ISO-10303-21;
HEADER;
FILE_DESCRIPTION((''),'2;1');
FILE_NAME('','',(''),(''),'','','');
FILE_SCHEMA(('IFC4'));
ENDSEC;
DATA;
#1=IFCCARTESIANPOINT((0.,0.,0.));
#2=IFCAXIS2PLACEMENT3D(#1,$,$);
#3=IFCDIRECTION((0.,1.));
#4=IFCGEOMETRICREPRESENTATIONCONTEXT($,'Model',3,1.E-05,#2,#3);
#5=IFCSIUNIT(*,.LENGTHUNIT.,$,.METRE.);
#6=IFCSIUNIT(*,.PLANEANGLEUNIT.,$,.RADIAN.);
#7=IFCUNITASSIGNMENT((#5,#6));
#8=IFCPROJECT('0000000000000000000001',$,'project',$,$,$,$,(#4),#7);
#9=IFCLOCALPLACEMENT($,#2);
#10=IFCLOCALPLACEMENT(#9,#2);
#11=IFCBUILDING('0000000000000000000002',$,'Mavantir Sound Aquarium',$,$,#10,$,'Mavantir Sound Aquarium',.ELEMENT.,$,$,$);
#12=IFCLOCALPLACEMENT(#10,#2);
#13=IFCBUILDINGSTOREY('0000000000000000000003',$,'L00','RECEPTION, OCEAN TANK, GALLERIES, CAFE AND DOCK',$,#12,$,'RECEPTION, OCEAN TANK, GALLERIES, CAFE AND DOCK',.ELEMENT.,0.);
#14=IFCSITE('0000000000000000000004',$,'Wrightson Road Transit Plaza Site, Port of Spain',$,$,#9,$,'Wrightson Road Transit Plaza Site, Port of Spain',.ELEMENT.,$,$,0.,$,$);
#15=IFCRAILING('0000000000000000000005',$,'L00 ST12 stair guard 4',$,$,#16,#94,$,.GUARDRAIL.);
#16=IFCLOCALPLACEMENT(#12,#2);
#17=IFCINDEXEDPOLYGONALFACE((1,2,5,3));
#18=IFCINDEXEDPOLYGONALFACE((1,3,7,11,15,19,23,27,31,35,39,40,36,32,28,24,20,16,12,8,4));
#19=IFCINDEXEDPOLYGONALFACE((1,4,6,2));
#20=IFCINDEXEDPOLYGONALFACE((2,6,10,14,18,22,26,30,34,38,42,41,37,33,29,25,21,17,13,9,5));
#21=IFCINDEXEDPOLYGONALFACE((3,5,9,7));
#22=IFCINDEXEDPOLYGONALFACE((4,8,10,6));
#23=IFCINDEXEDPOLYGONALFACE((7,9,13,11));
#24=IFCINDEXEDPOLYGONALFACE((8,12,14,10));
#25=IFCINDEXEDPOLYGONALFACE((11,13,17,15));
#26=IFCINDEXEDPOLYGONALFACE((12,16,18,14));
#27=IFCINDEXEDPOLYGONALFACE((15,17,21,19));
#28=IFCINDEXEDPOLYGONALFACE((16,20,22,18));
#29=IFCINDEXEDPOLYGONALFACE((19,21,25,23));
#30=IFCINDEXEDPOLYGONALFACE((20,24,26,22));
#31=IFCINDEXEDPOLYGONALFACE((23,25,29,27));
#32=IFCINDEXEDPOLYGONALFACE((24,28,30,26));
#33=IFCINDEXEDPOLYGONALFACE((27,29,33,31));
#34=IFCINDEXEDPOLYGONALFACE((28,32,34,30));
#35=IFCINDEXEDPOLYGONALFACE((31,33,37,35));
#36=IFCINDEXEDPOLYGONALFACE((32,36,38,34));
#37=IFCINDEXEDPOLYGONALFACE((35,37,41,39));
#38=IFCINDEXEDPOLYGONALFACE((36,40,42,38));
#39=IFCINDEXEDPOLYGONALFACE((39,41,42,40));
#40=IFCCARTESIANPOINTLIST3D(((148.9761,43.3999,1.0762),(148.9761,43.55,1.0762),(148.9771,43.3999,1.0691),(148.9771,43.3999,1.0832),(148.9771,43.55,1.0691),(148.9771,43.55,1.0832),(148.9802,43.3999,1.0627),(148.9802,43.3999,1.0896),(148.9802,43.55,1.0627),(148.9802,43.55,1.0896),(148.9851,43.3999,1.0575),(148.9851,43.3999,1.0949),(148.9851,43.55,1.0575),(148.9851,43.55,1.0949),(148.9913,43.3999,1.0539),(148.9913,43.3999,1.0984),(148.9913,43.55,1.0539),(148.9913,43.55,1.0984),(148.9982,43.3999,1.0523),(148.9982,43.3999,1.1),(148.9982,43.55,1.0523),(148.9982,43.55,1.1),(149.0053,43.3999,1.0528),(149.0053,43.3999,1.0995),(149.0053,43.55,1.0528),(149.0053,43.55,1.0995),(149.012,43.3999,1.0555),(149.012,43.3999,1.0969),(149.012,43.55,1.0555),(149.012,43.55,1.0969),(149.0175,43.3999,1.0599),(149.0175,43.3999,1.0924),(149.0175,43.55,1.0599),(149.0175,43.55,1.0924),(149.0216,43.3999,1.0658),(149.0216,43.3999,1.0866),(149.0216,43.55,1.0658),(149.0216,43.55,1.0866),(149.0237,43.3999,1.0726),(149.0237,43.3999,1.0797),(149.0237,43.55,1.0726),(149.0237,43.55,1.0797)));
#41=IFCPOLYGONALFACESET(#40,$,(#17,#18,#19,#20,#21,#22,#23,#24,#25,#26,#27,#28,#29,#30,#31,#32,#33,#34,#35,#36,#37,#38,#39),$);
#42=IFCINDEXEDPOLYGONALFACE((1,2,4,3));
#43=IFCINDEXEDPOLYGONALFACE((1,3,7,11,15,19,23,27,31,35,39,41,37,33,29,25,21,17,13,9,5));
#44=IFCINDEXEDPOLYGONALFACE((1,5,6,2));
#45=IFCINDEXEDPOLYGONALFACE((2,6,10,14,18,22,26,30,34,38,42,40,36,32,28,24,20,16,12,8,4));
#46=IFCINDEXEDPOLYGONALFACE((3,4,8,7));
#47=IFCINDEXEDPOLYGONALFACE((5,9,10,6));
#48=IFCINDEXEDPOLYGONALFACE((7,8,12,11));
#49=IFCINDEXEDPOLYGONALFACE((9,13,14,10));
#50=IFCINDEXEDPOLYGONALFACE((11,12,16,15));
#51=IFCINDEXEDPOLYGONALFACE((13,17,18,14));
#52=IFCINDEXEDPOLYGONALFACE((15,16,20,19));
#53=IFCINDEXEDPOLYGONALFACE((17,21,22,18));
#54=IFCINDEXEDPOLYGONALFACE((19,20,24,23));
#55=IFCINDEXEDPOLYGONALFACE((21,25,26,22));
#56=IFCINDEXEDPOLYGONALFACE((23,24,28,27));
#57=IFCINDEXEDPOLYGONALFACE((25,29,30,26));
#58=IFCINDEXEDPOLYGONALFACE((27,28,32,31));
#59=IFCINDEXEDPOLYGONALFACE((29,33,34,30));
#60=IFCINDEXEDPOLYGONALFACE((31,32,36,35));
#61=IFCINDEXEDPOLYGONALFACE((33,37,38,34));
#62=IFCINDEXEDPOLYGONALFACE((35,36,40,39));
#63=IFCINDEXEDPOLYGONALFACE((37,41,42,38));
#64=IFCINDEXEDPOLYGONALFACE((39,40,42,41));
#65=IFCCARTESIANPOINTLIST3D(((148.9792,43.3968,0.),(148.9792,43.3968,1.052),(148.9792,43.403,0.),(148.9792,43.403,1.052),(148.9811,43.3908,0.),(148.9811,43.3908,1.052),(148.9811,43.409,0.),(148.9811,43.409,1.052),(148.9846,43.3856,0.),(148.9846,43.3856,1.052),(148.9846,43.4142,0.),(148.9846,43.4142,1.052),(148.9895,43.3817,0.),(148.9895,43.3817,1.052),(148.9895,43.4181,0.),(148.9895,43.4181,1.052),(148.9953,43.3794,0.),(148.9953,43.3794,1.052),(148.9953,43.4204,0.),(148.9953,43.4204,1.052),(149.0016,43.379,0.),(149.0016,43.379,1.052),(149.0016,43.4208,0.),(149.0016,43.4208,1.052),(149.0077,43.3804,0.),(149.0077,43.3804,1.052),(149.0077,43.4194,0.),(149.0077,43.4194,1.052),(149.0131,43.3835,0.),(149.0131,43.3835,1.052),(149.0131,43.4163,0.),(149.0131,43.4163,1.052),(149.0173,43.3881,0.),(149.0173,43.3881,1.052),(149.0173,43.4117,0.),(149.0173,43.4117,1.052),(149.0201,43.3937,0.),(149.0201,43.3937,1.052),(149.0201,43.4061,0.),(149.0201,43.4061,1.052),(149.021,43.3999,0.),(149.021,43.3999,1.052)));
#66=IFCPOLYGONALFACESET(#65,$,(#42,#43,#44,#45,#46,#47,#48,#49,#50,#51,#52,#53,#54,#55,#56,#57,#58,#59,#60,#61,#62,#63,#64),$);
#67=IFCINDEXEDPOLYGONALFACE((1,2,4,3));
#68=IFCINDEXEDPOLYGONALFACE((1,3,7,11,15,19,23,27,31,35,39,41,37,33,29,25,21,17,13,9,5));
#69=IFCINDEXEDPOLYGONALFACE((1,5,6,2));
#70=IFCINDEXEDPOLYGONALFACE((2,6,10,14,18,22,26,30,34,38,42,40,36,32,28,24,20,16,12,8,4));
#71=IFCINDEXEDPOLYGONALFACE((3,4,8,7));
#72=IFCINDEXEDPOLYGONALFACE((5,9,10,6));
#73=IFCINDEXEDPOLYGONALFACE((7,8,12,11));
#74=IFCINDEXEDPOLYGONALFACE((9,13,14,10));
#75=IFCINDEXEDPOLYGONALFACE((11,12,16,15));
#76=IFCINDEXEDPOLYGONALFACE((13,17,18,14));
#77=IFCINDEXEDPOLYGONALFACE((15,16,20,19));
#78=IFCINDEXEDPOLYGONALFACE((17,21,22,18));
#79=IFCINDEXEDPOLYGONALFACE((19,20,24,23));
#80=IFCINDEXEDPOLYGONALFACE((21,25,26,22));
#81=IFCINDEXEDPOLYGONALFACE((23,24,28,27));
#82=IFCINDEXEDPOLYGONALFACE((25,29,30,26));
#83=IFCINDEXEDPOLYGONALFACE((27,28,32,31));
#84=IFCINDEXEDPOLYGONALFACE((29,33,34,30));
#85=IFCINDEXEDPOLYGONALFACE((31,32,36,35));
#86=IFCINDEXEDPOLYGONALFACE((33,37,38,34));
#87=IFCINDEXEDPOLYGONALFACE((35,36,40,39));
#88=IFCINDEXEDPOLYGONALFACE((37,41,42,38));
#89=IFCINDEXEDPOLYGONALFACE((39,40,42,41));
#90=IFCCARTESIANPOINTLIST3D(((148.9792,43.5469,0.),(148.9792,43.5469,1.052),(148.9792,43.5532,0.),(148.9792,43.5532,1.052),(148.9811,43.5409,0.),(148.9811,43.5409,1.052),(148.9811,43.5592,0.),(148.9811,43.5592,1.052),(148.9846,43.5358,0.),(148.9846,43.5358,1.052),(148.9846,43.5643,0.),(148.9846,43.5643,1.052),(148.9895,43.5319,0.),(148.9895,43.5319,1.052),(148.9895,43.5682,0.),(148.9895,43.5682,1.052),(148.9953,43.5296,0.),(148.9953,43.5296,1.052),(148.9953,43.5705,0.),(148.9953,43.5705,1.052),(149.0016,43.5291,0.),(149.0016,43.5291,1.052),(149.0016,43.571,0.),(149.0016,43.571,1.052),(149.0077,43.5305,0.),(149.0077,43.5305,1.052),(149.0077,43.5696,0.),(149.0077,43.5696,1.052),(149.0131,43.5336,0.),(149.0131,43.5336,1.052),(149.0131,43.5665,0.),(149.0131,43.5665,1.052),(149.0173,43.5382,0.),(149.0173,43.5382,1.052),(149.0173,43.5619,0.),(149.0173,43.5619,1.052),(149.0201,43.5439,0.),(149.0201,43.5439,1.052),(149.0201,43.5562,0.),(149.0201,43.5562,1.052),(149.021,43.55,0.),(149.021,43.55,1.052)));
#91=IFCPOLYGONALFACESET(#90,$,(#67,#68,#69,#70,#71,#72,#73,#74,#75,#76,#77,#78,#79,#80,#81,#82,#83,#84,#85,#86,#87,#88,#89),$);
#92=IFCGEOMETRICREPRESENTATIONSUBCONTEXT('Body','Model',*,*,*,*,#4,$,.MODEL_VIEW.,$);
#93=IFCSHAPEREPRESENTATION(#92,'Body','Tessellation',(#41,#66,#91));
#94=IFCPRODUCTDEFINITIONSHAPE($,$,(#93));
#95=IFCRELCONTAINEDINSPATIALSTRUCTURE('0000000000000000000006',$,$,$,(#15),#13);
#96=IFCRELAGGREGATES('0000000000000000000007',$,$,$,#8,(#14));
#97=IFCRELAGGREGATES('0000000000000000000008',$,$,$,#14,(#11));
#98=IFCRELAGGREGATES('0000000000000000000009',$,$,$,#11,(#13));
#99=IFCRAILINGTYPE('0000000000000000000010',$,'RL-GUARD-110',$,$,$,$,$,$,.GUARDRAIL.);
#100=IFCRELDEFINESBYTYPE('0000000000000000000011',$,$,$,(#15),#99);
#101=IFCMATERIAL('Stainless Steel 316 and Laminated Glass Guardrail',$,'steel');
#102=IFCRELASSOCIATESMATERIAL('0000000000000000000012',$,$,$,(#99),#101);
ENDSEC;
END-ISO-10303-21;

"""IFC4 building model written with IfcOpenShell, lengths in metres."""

from ifc_helpers import new_model, si_unit, direction, frame, origin, origin_2d, place, context, subcontext, project, spatial, circle, extrude, material, type_object, element, save


model = new_model("IFC4")

# Units and contexts
model_context = context("Model", 3, precision=1e-05, world=origin(), true_north=direction((0.0, 1.0)))
body_context = subcontext(model_context, "Body", "Model", "MODEL_VIEW")
ifc_project = project(units=[si_unit("LENGTHUNIT", "METRE"), si_unit("PLANEANGLEUNIT", "RADIAN")], contexts=[model_context])

# Site, building, storey
site_placement = place(None, origin())
site = spatial("IfcSite", under=ifc_project, at=site_placement, Name="Wrightson Road Transit Plaza Site, Port of Spain", LongName="Wrightson Road Transit Plaza Site, Port of Spain", CompositionType="ELEMENT", RefElevation=0.0)
building_placement = place(site_placement, origin())
building = spatial("IfcBuilding", under=site, at=building_placement, Name="Mavantir Sound Aquarium", LongName="Mavantir Sound Aquarium", CompositionType="ELEMENT")
storey_placement = place(building_placement, origin())
storey = spatial("IfcBuildingStorey", under=building, at=storey_placement, Name="L00", Description="RECEPTION, OCEAN TANK, GALLERIES, CAFE AND DOCK", LongName="RECEPTION, OCEAN TANK, GALLERIES, CAFE AND DOCK", CompositionType="ELEMENT", Elevation=0.0)

# Railing
ifc_material_1 = material(Name="Stainless Steel 316 and Laminated Glass Guardrail", Category="steel")
railing_type_1 = type_object("IfcRailingType", Name="RL-GUARD-110", PredefinedType="GUARDRAIL", material=ifc_material_1)
railing_1_placement = place(storey_placement, frame((149.0, 43.3999, 0.0)))
element("IfcRailing", 1, at=railing_1_placement, inside=storey, type_object=railing_type_1, Name="L00 ST12 stair guard 4", PredefinedType="GUARDRAIL", context=body_context, shape_type="SweptSolid", body=[
    extrude(circle(Radius=0.0239, at=origin_2d()), frame((0.0, 0.0, 1.0762), z_axis=(0.0, 1.0, 0.0), x_axis=(-1.0, 0.0, 0.0)), (0.0, 0.0, 1.0), 0.1501),
    extrude(circle(Radius=0.021, at=origin_2d()), origin(), (0.0, 0.0, 1.0), 1.052),
    extrude(circle(Radius=0.021, at=origin_2d()), frame((0.0, 0.1501, 0.0)), (0.0, 0.0, 1.0), 1.052),
])

save(model, "model.ifc")
